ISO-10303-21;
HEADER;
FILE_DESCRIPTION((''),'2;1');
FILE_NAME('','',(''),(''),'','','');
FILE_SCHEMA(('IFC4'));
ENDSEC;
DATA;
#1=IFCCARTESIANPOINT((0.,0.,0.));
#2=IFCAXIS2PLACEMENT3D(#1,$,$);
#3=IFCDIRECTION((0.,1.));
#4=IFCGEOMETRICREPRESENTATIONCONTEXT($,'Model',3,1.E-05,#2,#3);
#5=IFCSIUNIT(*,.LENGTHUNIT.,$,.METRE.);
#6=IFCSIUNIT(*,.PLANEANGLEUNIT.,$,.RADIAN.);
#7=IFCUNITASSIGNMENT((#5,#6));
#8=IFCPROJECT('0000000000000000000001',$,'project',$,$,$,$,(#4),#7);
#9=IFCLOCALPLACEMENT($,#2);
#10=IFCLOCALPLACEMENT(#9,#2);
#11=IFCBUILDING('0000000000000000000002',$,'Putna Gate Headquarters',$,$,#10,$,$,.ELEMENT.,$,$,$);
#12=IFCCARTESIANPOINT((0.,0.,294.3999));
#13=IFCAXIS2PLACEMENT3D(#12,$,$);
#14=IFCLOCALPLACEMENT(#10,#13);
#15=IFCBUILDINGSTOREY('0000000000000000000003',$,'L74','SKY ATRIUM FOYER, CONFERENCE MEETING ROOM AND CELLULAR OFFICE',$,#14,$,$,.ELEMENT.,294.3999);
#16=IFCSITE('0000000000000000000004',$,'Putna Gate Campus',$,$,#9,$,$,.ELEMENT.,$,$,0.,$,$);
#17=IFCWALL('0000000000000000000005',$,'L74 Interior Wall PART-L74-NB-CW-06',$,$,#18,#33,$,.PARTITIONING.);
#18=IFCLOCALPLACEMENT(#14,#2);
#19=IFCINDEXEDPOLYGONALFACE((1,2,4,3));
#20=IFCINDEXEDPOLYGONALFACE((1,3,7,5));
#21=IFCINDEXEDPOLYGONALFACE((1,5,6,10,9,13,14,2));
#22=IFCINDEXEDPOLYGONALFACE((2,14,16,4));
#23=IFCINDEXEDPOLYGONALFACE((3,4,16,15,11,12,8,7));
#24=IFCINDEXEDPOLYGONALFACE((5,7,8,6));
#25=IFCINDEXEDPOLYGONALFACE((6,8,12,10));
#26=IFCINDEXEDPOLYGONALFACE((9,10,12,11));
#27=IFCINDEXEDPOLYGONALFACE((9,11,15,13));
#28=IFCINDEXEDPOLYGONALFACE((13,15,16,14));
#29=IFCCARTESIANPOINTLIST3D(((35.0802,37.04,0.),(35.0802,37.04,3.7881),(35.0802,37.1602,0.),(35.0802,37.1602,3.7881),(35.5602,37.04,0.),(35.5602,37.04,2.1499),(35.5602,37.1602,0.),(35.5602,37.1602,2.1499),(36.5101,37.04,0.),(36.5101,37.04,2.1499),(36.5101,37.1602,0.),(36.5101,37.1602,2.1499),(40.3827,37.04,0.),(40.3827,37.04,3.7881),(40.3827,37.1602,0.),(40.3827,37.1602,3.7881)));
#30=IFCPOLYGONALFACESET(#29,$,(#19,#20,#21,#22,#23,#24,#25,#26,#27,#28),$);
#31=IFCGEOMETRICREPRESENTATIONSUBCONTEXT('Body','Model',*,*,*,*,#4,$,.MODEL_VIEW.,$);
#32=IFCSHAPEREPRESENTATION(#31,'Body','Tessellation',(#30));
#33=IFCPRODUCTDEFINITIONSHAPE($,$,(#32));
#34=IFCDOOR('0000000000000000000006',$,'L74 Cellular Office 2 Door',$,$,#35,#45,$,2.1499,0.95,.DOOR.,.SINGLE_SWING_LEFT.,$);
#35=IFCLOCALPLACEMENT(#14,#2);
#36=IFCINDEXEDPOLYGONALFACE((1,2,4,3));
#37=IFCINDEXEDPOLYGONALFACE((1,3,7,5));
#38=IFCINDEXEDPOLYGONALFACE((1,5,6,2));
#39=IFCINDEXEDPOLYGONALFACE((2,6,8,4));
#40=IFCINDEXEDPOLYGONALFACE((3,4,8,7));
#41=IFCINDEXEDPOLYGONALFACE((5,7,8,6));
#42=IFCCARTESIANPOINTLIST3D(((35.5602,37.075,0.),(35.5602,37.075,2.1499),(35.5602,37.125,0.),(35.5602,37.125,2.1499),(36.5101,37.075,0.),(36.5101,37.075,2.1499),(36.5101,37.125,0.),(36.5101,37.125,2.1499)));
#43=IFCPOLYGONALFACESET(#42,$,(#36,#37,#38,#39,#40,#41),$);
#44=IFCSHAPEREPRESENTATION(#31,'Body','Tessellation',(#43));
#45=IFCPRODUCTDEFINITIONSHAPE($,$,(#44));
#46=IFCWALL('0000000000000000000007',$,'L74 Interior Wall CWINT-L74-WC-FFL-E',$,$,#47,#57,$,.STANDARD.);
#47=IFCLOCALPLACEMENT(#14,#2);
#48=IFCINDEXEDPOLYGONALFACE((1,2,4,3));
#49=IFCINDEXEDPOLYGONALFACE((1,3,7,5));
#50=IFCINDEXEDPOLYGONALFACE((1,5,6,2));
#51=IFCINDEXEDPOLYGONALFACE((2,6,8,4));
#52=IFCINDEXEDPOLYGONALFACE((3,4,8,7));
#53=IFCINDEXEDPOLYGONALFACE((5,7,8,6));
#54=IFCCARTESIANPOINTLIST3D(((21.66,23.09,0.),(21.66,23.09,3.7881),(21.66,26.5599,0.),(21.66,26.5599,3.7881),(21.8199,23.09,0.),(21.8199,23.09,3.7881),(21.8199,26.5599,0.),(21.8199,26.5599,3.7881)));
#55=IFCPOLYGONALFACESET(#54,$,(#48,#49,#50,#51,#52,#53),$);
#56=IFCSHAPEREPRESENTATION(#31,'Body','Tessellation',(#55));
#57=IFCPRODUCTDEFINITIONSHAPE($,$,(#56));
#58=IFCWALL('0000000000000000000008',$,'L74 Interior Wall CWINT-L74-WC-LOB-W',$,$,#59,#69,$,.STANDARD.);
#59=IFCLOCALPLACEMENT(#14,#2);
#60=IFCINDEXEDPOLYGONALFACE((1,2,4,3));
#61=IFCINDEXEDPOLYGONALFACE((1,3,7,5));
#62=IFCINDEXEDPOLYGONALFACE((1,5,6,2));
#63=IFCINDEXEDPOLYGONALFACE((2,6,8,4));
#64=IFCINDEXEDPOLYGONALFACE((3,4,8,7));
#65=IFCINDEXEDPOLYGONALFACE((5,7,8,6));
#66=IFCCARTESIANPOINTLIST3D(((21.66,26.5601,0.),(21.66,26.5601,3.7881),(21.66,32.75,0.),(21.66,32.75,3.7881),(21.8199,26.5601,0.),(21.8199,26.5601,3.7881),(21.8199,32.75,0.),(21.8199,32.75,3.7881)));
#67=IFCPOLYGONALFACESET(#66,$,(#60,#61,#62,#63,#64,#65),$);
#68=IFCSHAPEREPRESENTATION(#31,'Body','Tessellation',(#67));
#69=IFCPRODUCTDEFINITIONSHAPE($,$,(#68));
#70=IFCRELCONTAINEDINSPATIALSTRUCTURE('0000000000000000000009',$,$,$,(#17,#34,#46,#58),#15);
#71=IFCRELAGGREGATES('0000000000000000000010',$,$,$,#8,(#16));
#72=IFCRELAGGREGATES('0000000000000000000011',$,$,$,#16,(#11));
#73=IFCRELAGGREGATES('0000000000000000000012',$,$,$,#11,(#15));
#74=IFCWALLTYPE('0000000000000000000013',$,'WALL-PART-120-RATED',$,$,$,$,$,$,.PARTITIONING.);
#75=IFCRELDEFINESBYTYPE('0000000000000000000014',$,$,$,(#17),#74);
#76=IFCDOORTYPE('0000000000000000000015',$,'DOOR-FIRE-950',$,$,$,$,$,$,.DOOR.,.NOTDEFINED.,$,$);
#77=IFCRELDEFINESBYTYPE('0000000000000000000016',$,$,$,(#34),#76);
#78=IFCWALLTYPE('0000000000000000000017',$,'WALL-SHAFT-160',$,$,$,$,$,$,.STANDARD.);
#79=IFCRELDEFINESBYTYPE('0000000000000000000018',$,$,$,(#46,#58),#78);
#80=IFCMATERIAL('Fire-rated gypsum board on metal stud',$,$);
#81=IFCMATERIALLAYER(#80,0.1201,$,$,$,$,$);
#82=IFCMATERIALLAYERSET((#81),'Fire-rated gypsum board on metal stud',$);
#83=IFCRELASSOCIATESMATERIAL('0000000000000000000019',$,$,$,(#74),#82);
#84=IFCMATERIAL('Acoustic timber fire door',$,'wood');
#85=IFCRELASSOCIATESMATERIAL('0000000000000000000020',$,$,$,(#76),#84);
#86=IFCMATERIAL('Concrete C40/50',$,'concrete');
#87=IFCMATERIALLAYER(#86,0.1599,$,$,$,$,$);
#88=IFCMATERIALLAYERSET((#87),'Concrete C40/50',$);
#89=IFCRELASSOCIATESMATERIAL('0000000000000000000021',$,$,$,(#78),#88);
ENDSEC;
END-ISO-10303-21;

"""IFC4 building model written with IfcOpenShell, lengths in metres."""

from ifc_helpers import new_model, si_unit, direction, frame, frame_2d, origin, place, context, subcontext, project, spatial, rectangle, extrude, material, layer, layer_set, type_object, element, fill, save


model = new_model("IFC4")

# Units and contexts
model_context = context("Model", 3, precision=1e-05, world=origin(), true_north=direction((0.0, 1.0)))
body_context = subcontext(model_context, "Body", "Model", "MODEL_VIEW")
ifc_project = project(units=[si_unit("LENGTHUNIT", "METRE"), si_unit("PLANEANGLEUNIT", "RADIAN")], contexts=[model_context])

# Site, building, storey
site_placement = place(None, origin())
site = spatial("IfcSite", under=ifc_project, at=site_placement, Name="Putna Gate Campus", CompositionType="ELEMENT", RefElevation=0.0)
building_placement = place(site_placement, origin())
building = spatial("IfcBuilding", under=site, at=building_placement, Name="Putna Gate Headquarters", CompositionType="ELEMENT")
storey_placement = place(building_placement, frame((0.0, 0.0, 294.3999)))
storey = spatial("IfcBuildingStorey", under=building, at=storey_placement, Name="L74", Description="SKY ATRIUM FOYER, CONFERENCE MEETING ROOM AND CELLULAR OFFICE", CompositionType="ELEMENT", Elevation=294.3999)

# Shared definitions
ifc_material_1 = material(Name="Fire-rated gypsum board on metal stud")
ifc_layer_1 = layer(ifc_material_1, 0.1201)
ifc_layer_set_1 = layer_set([ifc_layer_1], Name="Fire-rated gypsum board on metal stud")
wall_type_1 = type_object("IfcWallType", Name="WALL-PART-120-RATED", PredefinedType="PARTITIONING", material=ifc_layer_set_1)

# Wall, opening, door
ifc_material_2 = material(Name="Acoustic timber fire door", Category="wood")
door_type = type_object("IfcDoorType", Name="DOOR-FIRE-950", OperationType="NOTDEFINED", PredefinedType="DOOR", material=ifc_material_2)
wall_1_placement = place(storey_placement, frame((35.0801, 37.1001, 0.0), z_axis=(0.0, 0.0, 1.0), x_axis=(1.0, 0.0, 0.0)))
wall_1 = element("IfcWall", 1, at=wall_1_placement, inside=storey, type_object=wall_type_1, Name="L74 Interior Wall PART-L74-NB-CW-06", PredefinedType="PARTITIONING", context=body_context, shape_type="SweptSolid", body=[
    extrude(rectangle(XDim=5.3025, YDim=0.1201, at=frame_2d((2.6514, 0.0))), origin(), (0.0, 0.0, 1.0), 3.7881),
])
opening_1_placement = place(wall_1_placement, frame((0.48, 0.0, 0.0)))
opening_1 = element("IfcOpeningElement", 2, at=opening_1_placement, cuts=wall_1, PredefinedType="OPENING", context=body_context, shape_type="SweptSolid", body=[
    extrude(rectangle(XDim=0.95, YDim=2.1499, at=frame_2d((0.4751, 1.075))), frame((0.0, 0.0701, 0.0), z_axis=(0.0, -1.0, 0.0), x_axis=(1.0, 0.0, 0.0)), (0.0, 0.0, 1.0), 0.1401),
])
door_1_placement = place(opening_1_placement, origin())
door_1 = element("IfcDoor", 3, at=door_1_placement, inside=storey, type_object=door_type, Name="L74 Cellular Office 2 Door", OperationType="SINGLE_SWING_LEFT", OverallHeight=2.1499, OverallWidth=0.95, PredefinedType="DOOR", context=body_context, shape_type="SweptSolid", body=[
    extrude(rectangle(XDim=0.95, YDim=2.1499, at=frame_2d((0.4751, 1.075))), frame((0.0, 0.0249, 0.0), z_axis=(0.0, -1.0, 0.0), x_axis=(1.0, 0.0, 0.0)), (0.0, 0.0, 1.0), 0.05),
])
fill(opening_1, door_1)

# Walls
ifc_material_3 = material(Name="Concrete C40/50", Category="concrete")
ifc_layer_2 = layer(ifc_material_3, 0.1599)
ifc_layer_set_2 = layer_set([ifc_layer_2], Name="Concrete C40/50")
wall_type_2 = type_object("IfcWallType", Name="WALL-SHAFT-160", PredefinedType="STANDARD", material=ifc_layer_set_2)
wall_2_placement = place(storey_placement, frame((21.74, 23.0901, 0.0), z_axis=(0.0, 0.0, 1.0), x_axis=(0.0, 1.0, 0.0)))
element("IfcWall", 4, at=wall_2_placement, inside=storey, type_object=wall_type_2, Name="L74 Interior Wall CWINT-L74-WC-FFL-E", PredefinedType="STANDARD", context=body_context, shape_type="SweptSolid", body=[
    extrude(rectangle(XDim=3.47, YDim=0.1599, at=frame_2d((1.7349, 0.0))), origin(), (0.0, 0.0, 1.0), 3.7881),
])
wall_3_placement = place(storey_placement, frame((21.74, 26.5601, 0.0), z_axis=(0.0, 0.0, 1.0), x_axis=(0.0, 1.0, 0.0)))
element("IfcWall", 5, at=wall_3_placement, inside=storey, type_object=wall_type_2, Name="L74 Interior Wall CWINT-L74-WC-LOB-W", PredefinedType="STANDARD", context=body_context, shape_type="SweptSolid", body=[
    extrude(rectangle(XDim=6.1899, YDim=0.1599, at=frame_2d((3.095, 0.0))), origin(), (0.0, 0.0, 1.0), 3.7881),
])

save(model, "model.ifc")
